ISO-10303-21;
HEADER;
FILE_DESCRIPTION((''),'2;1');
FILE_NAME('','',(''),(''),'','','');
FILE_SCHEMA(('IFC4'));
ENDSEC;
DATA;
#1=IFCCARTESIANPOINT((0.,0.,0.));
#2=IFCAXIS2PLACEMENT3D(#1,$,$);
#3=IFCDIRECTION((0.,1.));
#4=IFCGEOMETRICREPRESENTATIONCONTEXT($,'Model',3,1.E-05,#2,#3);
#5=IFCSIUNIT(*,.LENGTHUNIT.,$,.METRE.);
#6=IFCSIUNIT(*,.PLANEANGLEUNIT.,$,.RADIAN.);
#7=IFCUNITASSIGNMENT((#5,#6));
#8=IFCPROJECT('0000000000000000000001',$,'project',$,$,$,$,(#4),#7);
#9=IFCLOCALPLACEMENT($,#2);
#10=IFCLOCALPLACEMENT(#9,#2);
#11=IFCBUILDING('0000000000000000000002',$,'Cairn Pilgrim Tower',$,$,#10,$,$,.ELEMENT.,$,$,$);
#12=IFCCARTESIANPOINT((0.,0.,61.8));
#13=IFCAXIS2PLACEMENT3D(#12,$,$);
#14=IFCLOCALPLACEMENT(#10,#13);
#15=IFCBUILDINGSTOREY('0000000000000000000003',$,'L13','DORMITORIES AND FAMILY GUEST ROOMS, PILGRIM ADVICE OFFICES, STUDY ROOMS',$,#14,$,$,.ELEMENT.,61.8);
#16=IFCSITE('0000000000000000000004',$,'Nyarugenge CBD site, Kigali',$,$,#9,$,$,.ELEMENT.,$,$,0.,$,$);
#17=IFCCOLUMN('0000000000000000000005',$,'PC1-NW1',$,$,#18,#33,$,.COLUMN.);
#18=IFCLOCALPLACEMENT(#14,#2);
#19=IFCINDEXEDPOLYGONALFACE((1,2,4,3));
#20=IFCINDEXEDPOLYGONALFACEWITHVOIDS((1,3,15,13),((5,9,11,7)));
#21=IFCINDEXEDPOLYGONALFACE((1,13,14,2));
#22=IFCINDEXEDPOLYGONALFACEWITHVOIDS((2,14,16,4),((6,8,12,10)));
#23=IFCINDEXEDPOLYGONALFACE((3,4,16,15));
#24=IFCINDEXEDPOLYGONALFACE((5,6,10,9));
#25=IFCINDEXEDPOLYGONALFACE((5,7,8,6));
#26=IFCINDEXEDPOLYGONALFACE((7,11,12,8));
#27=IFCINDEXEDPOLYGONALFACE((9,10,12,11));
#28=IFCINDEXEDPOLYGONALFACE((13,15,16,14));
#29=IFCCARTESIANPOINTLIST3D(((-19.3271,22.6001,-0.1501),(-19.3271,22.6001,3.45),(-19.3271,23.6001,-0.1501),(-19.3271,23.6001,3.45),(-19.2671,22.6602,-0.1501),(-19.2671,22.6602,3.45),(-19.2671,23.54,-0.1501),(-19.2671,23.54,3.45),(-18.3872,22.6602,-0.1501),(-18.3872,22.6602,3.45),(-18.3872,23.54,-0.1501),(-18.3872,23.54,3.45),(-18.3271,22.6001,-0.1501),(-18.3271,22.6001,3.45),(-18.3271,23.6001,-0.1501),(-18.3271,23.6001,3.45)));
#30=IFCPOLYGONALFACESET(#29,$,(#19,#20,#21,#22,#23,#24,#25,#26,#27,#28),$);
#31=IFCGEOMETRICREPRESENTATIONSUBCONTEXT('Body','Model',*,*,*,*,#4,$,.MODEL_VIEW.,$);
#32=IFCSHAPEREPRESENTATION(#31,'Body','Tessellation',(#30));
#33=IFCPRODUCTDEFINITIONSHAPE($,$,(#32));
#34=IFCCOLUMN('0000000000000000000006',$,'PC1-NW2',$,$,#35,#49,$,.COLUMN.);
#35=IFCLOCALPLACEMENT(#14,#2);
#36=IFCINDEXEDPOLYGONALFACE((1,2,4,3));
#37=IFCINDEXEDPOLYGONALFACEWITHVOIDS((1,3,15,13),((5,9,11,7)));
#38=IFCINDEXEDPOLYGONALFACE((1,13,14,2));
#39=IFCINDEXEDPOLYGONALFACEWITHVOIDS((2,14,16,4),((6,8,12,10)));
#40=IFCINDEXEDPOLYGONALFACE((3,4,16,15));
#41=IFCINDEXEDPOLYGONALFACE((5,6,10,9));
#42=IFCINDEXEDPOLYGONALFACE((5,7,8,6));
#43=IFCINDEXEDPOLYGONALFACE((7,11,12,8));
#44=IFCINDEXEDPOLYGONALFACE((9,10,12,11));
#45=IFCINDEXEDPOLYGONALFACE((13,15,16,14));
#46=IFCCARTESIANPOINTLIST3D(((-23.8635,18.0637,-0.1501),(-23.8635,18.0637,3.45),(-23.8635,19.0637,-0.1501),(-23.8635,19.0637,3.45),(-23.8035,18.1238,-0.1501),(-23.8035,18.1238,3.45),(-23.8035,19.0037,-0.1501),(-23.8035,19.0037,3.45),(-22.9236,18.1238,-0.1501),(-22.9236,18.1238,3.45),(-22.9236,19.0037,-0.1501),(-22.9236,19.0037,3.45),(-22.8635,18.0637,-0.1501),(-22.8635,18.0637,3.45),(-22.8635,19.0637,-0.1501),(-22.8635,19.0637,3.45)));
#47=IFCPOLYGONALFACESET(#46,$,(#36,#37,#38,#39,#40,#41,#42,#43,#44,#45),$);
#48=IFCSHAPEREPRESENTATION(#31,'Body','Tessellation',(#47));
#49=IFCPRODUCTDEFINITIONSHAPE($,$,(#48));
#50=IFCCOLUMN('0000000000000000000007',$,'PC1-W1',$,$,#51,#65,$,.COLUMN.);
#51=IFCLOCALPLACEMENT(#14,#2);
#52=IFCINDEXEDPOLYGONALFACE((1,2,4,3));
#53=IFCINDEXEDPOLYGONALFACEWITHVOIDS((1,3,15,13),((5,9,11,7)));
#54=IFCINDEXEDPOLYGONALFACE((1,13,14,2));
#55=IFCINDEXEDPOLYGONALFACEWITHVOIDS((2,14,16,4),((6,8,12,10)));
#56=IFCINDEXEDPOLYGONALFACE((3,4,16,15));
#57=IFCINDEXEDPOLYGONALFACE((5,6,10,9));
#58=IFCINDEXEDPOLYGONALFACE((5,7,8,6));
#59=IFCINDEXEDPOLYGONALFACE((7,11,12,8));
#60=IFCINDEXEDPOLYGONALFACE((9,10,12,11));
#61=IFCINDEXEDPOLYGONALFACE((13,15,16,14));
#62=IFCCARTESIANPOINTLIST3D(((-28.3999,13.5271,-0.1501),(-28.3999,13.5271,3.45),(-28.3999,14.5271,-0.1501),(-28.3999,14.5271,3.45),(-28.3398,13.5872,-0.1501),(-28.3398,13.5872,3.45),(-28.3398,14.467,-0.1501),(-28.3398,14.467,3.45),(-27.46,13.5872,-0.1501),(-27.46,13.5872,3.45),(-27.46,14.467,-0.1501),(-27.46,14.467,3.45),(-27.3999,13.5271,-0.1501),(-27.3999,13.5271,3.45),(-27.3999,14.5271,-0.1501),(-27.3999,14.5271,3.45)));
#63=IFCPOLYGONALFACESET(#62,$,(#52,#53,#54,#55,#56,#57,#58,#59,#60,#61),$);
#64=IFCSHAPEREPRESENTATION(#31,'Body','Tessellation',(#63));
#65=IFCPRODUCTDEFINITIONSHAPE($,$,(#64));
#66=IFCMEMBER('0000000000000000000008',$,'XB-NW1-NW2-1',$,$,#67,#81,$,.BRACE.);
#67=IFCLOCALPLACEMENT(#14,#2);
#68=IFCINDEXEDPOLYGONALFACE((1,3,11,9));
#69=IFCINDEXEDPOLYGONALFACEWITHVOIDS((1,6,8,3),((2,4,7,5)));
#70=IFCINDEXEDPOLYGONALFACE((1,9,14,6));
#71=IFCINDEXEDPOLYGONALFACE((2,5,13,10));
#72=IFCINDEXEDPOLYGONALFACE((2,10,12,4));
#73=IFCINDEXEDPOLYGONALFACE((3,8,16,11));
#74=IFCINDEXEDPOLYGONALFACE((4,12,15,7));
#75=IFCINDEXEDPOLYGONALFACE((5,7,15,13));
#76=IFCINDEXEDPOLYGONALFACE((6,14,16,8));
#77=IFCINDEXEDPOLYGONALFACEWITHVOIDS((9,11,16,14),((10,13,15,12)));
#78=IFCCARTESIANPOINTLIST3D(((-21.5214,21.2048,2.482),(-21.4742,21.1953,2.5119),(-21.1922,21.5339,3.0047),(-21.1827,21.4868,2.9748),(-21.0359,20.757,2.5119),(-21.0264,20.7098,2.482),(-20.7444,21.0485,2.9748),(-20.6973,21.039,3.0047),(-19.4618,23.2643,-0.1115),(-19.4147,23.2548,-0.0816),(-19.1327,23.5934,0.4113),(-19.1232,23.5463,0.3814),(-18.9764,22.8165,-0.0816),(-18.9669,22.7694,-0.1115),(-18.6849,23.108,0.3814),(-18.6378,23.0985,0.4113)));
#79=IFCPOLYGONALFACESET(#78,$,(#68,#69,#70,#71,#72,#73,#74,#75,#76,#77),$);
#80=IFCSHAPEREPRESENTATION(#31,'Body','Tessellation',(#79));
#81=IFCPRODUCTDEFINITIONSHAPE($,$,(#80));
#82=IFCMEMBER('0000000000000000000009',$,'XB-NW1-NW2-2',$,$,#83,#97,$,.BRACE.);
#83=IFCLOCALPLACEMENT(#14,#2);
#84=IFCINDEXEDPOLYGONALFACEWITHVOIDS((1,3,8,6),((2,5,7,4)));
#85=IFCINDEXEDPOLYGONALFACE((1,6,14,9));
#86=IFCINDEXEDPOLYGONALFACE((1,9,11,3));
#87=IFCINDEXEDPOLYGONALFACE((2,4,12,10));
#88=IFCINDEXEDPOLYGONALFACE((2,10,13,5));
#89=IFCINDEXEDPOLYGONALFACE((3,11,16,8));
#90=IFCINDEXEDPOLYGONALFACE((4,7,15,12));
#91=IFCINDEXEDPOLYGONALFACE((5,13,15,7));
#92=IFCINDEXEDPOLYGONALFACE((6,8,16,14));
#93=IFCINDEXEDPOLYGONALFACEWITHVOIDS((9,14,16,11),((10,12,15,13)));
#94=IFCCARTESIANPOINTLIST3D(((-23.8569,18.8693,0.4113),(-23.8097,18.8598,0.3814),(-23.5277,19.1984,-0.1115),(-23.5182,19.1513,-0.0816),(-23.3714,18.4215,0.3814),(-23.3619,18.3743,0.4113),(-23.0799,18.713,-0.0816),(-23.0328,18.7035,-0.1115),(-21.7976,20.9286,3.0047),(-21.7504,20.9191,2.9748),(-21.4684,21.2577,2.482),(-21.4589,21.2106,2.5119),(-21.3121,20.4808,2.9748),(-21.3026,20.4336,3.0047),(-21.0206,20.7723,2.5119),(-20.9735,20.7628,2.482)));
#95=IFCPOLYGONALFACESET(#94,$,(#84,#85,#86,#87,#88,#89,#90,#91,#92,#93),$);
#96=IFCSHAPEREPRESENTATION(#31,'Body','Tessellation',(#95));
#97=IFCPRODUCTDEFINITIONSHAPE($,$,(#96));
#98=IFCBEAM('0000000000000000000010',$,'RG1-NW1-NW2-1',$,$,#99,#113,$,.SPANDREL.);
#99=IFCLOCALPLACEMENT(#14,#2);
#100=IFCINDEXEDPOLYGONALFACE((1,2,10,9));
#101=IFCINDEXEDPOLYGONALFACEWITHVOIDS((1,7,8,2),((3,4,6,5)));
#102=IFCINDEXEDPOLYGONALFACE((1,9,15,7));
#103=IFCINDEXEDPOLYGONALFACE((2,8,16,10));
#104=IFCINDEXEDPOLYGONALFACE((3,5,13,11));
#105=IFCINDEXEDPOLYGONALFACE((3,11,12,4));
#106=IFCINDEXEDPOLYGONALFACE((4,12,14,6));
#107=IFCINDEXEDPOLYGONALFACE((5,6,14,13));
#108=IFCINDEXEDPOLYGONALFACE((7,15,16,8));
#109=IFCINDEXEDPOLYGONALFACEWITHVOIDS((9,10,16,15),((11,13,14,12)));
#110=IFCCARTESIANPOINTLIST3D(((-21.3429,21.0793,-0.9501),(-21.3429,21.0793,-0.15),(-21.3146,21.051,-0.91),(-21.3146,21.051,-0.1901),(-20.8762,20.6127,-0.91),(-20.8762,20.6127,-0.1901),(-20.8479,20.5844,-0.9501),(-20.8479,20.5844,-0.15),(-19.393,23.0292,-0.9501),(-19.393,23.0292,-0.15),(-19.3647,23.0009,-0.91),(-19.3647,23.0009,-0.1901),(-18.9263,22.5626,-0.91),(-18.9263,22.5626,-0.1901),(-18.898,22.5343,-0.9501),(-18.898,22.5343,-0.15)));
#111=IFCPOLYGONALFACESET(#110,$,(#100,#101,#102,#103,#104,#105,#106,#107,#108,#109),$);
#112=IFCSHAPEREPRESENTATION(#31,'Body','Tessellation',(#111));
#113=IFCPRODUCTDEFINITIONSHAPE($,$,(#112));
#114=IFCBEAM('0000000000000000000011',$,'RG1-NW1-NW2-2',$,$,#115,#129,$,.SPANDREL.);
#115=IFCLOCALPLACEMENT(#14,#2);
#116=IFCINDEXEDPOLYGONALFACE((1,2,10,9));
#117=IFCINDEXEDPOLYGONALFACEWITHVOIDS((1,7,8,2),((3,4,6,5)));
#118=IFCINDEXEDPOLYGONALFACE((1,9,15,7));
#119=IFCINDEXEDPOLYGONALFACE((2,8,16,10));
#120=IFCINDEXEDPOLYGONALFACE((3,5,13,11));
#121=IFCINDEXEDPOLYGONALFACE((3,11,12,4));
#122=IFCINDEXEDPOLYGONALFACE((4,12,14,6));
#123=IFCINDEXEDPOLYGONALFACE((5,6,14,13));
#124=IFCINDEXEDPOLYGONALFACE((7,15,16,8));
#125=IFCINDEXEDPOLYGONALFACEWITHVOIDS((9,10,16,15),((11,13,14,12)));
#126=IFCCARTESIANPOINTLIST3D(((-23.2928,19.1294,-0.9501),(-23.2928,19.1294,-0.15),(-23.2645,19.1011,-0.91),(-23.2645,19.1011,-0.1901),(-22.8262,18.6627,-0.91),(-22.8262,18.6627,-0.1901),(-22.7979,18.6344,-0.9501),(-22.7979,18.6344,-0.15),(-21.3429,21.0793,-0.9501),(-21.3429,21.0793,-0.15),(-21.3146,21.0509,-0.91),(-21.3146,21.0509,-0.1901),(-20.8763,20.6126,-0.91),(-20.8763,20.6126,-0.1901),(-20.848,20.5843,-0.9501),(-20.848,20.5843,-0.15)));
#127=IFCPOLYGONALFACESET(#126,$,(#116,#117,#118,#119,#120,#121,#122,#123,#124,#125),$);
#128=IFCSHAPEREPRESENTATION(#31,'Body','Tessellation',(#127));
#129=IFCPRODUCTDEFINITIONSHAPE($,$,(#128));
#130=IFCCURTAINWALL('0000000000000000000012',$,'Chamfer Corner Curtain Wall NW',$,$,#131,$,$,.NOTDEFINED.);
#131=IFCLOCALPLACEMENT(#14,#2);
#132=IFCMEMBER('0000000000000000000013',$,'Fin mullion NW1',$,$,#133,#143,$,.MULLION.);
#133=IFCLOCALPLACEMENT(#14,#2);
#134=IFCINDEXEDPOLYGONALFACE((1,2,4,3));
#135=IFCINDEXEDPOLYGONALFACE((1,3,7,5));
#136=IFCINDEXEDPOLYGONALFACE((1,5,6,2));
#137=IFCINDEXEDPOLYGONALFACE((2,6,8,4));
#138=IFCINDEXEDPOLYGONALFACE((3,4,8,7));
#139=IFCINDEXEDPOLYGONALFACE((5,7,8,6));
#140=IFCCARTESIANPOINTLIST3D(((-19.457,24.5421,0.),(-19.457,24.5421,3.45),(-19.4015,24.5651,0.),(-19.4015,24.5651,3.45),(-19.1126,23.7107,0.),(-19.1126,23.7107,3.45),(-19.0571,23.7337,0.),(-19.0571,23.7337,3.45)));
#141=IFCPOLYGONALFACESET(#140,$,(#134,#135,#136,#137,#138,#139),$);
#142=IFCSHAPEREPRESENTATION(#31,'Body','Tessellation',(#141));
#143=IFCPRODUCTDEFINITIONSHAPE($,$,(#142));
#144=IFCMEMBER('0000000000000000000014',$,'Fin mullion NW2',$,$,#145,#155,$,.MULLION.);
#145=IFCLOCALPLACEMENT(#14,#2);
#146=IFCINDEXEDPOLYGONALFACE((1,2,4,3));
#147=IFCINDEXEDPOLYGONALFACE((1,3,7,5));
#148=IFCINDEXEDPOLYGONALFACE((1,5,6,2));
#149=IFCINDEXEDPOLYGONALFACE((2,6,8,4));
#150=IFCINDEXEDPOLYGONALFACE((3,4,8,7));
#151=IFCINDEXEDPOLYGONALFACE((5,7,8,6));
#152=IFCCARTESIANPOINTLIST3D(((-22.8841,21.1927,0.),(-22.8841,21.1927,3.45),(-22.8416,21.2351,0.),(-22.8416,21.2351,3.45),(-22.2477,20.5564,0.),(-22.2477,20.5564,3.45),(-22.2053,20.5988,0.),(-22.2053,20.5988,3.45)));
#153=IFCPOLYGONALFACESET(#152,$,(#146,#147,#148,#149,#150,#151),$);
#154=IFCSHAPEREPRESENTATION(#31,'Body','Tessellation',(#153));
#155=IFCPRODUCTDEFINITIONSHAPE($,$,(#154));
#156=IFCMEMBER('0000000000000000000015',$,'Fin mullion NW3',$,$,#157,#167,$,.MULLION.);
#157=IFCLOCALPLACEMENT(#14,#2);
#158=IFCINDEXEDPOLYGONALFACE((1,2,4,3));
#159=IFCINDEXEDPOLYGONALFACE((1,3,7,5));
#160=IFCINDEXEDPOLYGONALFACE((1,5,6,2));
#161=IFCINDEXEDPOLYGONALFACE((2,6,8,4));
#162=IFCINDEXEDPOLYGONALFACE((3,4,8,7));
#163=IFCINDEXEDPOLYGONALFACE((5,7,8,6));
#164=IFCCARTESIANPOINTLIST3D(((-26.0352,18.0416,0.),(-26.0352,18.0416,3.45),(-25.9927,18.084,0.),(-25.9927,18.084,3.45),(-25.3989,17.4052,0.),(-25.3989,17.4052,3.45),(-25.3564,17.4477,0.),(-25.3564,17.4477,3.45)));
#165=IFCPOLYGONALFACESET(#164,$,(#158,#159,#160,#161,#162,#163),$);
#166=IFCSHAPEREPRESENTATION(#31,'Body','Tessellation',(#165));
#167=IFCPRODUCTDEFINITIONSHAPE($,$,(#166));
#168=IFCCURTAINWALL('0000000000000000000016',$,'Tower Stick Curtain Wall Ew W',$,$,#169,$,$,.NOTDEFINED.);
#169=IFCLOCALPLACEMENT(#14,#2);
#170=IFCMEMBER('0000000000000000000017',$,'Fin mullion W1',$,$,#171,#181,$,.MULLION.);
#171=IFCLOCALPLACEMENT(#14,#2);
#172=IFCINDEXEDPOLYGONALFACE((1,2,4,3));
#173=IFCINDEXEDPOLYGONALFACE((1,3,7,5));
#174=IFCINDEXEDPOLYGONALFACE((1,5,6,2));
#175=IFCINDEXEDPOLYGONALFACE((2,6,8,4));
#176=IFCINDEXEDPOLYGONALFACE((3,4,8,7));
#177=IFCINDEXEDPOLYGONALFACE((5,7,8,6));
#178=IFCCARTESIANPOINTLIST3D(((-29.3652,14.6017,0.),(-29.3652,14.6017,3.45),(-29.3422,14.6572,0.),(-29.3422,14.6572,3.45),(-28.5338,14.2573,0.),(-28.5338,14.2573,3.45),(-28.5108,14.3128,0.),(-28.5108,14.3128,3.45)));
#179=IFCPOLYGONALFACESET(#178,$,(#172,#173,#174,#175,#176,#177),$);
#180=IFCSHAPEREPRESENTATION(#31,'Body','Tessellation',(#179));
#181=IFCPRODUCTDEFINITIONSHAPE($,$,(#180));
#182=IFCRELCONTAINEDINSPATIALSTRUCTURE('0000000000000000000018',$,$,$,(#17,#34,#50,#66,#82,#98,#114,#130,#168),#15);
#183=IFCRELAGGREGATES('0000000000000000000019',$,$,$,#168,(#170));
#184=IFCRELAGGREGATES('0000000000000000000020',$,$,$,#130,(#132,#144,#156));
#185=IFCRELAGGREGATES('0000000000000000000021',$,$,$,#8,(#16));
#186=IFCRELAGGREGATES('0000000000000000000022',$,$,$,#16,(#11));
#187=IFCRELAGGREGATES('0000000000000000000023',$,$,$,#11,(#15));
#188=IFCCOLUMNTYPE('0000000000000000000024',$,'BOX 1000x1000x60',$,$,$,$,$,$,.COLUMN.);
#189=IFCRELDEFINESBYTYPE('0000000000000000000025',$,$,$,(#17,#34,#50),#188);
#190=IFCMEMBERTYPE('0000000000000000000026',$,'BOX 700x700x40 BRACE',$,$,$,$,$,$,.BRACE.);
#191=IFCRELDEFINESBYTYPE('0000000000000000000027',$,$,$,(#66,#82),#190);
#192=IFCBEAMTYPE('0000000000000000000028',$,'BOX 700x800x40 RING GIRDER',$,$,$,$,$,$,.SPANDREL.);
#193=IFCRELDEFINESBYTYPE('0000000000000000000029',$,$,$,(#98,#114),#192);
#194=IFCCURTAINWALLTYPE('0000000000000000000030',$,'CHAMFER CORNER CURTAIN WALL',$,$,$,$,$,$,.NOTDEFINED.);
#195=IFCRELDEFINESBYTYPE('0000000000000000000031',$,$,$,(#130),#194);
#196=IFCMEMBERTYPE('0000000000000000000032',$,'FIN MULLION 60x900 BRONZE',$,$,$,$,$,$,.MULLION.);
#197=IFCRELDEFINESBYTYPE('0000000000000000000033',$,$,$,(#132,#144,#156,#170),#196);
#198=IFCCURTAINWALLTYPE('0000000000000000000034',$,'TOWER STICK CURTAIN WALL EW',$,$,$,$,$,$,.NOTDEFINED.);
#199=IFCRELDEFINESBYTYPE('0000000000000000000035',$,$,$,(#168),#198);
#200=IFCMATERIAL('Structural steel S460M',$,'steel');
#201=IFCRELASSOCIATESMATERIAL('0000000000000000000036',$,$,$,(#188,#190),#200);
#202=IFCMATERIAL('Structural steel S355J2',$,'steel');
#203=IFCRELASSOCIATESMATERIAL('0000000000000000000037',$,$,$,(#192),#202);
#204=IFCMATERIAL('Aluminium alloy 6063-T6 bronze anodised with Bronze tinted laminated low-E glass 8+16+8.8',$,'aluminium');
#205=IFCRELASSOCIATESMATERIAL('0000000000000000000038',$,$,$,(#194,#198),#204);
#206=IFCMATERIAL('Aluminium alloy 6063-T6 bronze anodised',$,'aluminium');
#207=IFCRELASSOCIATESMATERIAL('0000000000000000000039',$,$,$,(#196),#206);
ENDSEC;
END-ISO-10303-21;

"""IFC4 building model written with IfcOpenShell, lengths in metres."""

from ifc_helpers import new_model, si_unit, direction, frame, origin, origin_2d, place, context, subcontext, project, spatial, rectangle, hollow_rectangle, extrude, material, material_profile, profile_set, type_object, element, aggregate, save


model = new_model("IFC4")

# Units and contexts
model_context = context("Model", 3, precision=1e-05, world=origin(), true_north=direction((0.0, 1.0)))
body_context = subcontext(model_context, "Body", "Model", "MODEL_VIEW")
ifc_project = project(units=[si_unit("LENGTHUNIT", "METRE"), si_unit("PLANEANGLEUNIT", "RADIAN")], contexts=[model_context])

# Site, building, storey
site_placement = place(None, origin())
site = spatial("IfcSite", under=ifc_project, at=site_placement, Name="Nyarugenge CBD site, Kigali", CompositionType="ELEMENT", RefElevation=0.0)
building_placement = place(site_placement, origin())
building = spatial("IfcBuilding", under=site, at=building_placement, Name="Cairn Pilgrim Tower", CompositionType="ELEMENT")
storey_placement = place(building_placement, frame((0.0, 0.0, 61.8)))
storey = spatial("IfcBuildingStorey", under=building, at=storey_placement, Name="L13", Description="DORMITORIES AND FAMILY GUEST ROOMS, PILGRIM ADVICE OFFICES, STUDY ROOMS", CompositionType="ELEMENT", Elevation=61.8)

# Columns
ifc_material_1 = material(Name="Structural steel S460M", Category="steel")
ifc_material_profile_1 = material_profile(ifc_material_1, hollow_rectangle(XDim=1.0, YDim=1.0, WallThickness=0.0601, at=origin_2d()), Name="BOX 1000x1000x60")
ifc_profile_set_1 = profile_set([ifc_material_profile_1], Name="Structural steel S460M")
column_type = type_object("IfcColumnType", Name="BOX 1000x1000x60", PredefinedType="COLUMN", material=ifc_profile_set_1)
for number, where, z_axis, x_axis, name in (
    (1, (-18.8271, 23.1001, -0.1501), (0.0, 0.0, 1.0), (1.0, 0.0, 0.0), "PC1-NW1"),
    (2, (-23.3635, 18.5637, -0.1501), (0.0, 0.0, 1.0), (1.0, 0.0, 0.0), "PC1-NW2"),
    (3, (-27.8999, 14.0271, -0.1501), (0.0, 0.0, 1.0), (1.0, 0.0, 0.0), "PC1-W1"),
):
    element("IfcColumn", number, at=place(storey_placement, frame(where, z_axis=z_axis, x_axis=x_axis)), inside=storey, type_object=column_type, Name=name, PredefinedType="COLUMN", context=body_context, shape_type="SweptSolid", body=[
        extrude(hollow_rectangle(XDim=1.0, YDim=1.0, WallThickness=0.0601, at=origin_2d()), origin(), (0.0, 0.0, 1.0), 3.6001),
    ])

# Members
ifc_material_profile_2 = material_profile(ifc_material_1, hollow_rectangle(XDim=0.7, YDim=0.7, WallThickness=0.04, at=origin_2d()), Name="BOX 700x700x40")
ifc_profile_set_2 = profile_set([ifc_material_profile_2], Name="Structural steel S460M")
member_type_1 = type_object("IfcMemberType", Name="BOX 700x700x40 BRACE", PredefinedType="BRACE", material=ifc_profile_set_2)
member_1_placement = place(storey_placement, frame((-19.0498, 23.1814, 0.1499), z_axis=(-0.528096, -0.528096, 0.665003), x_axis=(0.707107, -0.707107, 0.0)))
element("IfcMember", 4, at=member_1_placement, inside=storey, type_object=member_type_1, Name="XB-NW1-NW2-1", PredefinedType="BRACE", context=body_context, shape_type="SweptSolid", body=[
    extrude(hollow_rectangle(XDim=0.7, YDim=0.7, WallThickness=0.04, at=origin_2d()), origin(), (0.0, 0.0, 1.0), 3.8999),
])
member_2_placement = place(storey_placement, frame((-23.4448, 18.7864, 0.1499), z_axis=(0.528068, 0.528068, 0.665047), x_axis=(-0.707107, 0.707107, 0.0)))
element("IfcMember", 5, at=member_2_placement, inside=storey, type_object=member_type_1, Name="XB-NW1-NW2-2", PredefinedType="BRACE", context=body_context, shape_type="SweptSolid", body=[
    extrude(hollow_rectangle(XDim=0.7, YDim=0.7, WallThickness=0.04, at=origin_2d()), origin(), (0.0, 0.0, 1.0), 3.8997),
])

# Beams
ifc_material_2 = material(Name="Structural steel S355J2", Category="steel")
ifc_material_profile_3 = material_profile(ifc_material_2, hollow_rectangle(XDim=0.7, YDim=0.8, WallThickness=0.04, at=origin_2d()), Name="BOX 700x800x40")
ifc_profile_set_3 = profile_set([ifc_material_profile_3], Name="Structural steel S355J2")
beam_type_1 = type_object("IfcBeamType", Name="BOX 700x800x40 RING GIRDER", PredefinedType="SPANDREL", material=ifc_profile_set_3)
for number, where, z_axis, x_axis, name in (
    (6, (-19.1455, 22.7817, -0.55), (-0.707107, -0.707107, 0.0), (0.707107, -0.707107, 0.0), "RG1-NW1-NW2-1"),
    (7, (-21.0955, 20.8318, -0.55), (-0.707107, -0.707107, 0.0), (0.707107, -0.707107, 0.0), "RG1-NW1-NW2-2"),
):
    element("IfcBeam", number, at=place(storey_placement, frame(where, z_axis=z_axis, x_axis=x_axis)), inside=storey, type_object=beam_type_1, Name=name, PredefinedType="SPANDREL", context=body_context, shape_type="SweptSolid", body=[
        extrude(hollow_rectangle(XDim=0.7, YDim=0.8, WallThickness=0.04, at=origin_2d()), origin(), (0.0, 0.0, 1.0), 2.7576),
    ])

# Curtain wall, members
ifc_material_3 = material(Name="Aluminium alloy 6063-T6 bronze anodised with Bronze tinted laminated low-E glass 8+16+8.8", Category="aluminium")
curtain_wall_type_1 = type_object("IfcCurtainWallType", Name="CHAMFER CORNER CURTAIN WALL", PredefinedType="NOTDEFINED", material=ifc_material_3)
curtain_wall_1_placement = place(storey_placement, origin())
curtain_wall_1 = element("IfcCurtainWall", 8, at=curtain_wall_1_placement, inside=storey, type_object=curtain_wall_type_1, Name="Chamfer Corner Curtain Wall NW", PredefinedType="NOTDEFINED")
ifc_material_4 = material(Name="Aluminium alloy 6063-T6 bronze anodised", Category="aluminium")
ifc_material_profile_4 = material_profile(ifc_material_4, rectangle(XDim=0.8999, YDim=0.0601, at=origin_2d()), Name="FIN MULLION 60x900 BRONZE")
ifc_profile_set_4 = profile_set([ifc_material_profile_4], Name="Aluminium alloy 6063-T6 bronze anodised")
member_type_2 = type_object("IfcMemberType", Name="FIN MULLION 60x900 BRONZE", PredefinedType="MULLION", material=ifc_profile_set_4)
member_3_placement = place(storey_placement, frame((-19.2571, 24.1379, 0.0), z_axis=(0.0, 0.0, 1.0), x_axis=(-0.382683, 0.92388, 0.0)))
member_3 = element("IfcMember", 9, at=member_3_placement, type_object=member_type_2, Name="Fin mullion NW1", PredefinedType="MULLION", context=body_context, shape_type="SweptSolid", body=[
    extrude(rectangle(XDim=0.8999, YDim=0.0601, at=origin_2d()), origin(), (0.0, 0.0, 1.0), 3.45),
])
member_4_placement = place(storey_placement, frame((-22.5447, 20.8958, 0.0), z_axis=(0.0, 0.0, 1.0), x_axis=(-0.707107, 0.707107, 0.0)))
member_4 = element("IfcMember", 10, at=member_4_placement, type_object=member_type_2, Name="Fin mullion NW2", PredefinedType="MULLION", context=body_context, shape_type="SweptSolid", body=[
    extrude(rectangle(XDim=0.8999, YDim=0.0601, at=origin_2d()), origin(), (0.0, 0.0, 1.0), 3.45),
])
member_5_placement = place(storey_placement, frame((-25.6958, 17.7446, 0.0), z_axis=(0.0, 0.0, 1.0), x_axis=(-0.707107, 0.707107, 0.0)))
member_5 = element("IfcMember", 11, at=member_5_placement, type_object=member_type_2, Name="Fin mullion NW3", PredefinedType="MULLION", context=body_context, shape_type="SweptSolid", body=[
    extrude(rectangle(XDim=0.8999, YDim=0.0601, at=origin_2d()), origin(), (0.0, 0.0, 1.0), 3.45),
])

# Curtain wall, member
curtain_wall_type_2 = type_object("IfcCurtainWallType", Name="TOWER STICK CURTAIN WALL EW", PredefinedType="NOTDEFINED", material=ifc_material_3)
curtain_wall_2_placement = place(storey_placement, origin())
curtain_wall_2 = element("IfcCurtainWall", 12, at=curtain_wall_2_placement, inside=storey, type_object=curtain_wall_type_2, Name="Tower Stick Curtain Wall Ew W", PredefinedType="NOTDEFINED")
member_6_placement = place(storey_placement, frame((-28.938, 14.4573, 0.0), z_axis=(0.0, 0.0, 1.0), x_axis=(-0.92388, 0.382683, 0.0)))
member_6 = element("IfcMember", 13, at=member_6_placement, type_object=member_type_2, Name="Fin mullion W1", PredefinedType="MULLION", context=body_context, shape_type="SweptSolid", body=[
    extrude(rectangle(XDim=0.8999, YDim=0.0601, at=origin_2d()), origin(), (0.0, 0.0, 1.0), 3.45),
])

aggregate(curtain_wall_2, [member_6])

aggregate(curtain_wall_1, [member_3, member_4, member_5])

save(model, "model.ifc")
